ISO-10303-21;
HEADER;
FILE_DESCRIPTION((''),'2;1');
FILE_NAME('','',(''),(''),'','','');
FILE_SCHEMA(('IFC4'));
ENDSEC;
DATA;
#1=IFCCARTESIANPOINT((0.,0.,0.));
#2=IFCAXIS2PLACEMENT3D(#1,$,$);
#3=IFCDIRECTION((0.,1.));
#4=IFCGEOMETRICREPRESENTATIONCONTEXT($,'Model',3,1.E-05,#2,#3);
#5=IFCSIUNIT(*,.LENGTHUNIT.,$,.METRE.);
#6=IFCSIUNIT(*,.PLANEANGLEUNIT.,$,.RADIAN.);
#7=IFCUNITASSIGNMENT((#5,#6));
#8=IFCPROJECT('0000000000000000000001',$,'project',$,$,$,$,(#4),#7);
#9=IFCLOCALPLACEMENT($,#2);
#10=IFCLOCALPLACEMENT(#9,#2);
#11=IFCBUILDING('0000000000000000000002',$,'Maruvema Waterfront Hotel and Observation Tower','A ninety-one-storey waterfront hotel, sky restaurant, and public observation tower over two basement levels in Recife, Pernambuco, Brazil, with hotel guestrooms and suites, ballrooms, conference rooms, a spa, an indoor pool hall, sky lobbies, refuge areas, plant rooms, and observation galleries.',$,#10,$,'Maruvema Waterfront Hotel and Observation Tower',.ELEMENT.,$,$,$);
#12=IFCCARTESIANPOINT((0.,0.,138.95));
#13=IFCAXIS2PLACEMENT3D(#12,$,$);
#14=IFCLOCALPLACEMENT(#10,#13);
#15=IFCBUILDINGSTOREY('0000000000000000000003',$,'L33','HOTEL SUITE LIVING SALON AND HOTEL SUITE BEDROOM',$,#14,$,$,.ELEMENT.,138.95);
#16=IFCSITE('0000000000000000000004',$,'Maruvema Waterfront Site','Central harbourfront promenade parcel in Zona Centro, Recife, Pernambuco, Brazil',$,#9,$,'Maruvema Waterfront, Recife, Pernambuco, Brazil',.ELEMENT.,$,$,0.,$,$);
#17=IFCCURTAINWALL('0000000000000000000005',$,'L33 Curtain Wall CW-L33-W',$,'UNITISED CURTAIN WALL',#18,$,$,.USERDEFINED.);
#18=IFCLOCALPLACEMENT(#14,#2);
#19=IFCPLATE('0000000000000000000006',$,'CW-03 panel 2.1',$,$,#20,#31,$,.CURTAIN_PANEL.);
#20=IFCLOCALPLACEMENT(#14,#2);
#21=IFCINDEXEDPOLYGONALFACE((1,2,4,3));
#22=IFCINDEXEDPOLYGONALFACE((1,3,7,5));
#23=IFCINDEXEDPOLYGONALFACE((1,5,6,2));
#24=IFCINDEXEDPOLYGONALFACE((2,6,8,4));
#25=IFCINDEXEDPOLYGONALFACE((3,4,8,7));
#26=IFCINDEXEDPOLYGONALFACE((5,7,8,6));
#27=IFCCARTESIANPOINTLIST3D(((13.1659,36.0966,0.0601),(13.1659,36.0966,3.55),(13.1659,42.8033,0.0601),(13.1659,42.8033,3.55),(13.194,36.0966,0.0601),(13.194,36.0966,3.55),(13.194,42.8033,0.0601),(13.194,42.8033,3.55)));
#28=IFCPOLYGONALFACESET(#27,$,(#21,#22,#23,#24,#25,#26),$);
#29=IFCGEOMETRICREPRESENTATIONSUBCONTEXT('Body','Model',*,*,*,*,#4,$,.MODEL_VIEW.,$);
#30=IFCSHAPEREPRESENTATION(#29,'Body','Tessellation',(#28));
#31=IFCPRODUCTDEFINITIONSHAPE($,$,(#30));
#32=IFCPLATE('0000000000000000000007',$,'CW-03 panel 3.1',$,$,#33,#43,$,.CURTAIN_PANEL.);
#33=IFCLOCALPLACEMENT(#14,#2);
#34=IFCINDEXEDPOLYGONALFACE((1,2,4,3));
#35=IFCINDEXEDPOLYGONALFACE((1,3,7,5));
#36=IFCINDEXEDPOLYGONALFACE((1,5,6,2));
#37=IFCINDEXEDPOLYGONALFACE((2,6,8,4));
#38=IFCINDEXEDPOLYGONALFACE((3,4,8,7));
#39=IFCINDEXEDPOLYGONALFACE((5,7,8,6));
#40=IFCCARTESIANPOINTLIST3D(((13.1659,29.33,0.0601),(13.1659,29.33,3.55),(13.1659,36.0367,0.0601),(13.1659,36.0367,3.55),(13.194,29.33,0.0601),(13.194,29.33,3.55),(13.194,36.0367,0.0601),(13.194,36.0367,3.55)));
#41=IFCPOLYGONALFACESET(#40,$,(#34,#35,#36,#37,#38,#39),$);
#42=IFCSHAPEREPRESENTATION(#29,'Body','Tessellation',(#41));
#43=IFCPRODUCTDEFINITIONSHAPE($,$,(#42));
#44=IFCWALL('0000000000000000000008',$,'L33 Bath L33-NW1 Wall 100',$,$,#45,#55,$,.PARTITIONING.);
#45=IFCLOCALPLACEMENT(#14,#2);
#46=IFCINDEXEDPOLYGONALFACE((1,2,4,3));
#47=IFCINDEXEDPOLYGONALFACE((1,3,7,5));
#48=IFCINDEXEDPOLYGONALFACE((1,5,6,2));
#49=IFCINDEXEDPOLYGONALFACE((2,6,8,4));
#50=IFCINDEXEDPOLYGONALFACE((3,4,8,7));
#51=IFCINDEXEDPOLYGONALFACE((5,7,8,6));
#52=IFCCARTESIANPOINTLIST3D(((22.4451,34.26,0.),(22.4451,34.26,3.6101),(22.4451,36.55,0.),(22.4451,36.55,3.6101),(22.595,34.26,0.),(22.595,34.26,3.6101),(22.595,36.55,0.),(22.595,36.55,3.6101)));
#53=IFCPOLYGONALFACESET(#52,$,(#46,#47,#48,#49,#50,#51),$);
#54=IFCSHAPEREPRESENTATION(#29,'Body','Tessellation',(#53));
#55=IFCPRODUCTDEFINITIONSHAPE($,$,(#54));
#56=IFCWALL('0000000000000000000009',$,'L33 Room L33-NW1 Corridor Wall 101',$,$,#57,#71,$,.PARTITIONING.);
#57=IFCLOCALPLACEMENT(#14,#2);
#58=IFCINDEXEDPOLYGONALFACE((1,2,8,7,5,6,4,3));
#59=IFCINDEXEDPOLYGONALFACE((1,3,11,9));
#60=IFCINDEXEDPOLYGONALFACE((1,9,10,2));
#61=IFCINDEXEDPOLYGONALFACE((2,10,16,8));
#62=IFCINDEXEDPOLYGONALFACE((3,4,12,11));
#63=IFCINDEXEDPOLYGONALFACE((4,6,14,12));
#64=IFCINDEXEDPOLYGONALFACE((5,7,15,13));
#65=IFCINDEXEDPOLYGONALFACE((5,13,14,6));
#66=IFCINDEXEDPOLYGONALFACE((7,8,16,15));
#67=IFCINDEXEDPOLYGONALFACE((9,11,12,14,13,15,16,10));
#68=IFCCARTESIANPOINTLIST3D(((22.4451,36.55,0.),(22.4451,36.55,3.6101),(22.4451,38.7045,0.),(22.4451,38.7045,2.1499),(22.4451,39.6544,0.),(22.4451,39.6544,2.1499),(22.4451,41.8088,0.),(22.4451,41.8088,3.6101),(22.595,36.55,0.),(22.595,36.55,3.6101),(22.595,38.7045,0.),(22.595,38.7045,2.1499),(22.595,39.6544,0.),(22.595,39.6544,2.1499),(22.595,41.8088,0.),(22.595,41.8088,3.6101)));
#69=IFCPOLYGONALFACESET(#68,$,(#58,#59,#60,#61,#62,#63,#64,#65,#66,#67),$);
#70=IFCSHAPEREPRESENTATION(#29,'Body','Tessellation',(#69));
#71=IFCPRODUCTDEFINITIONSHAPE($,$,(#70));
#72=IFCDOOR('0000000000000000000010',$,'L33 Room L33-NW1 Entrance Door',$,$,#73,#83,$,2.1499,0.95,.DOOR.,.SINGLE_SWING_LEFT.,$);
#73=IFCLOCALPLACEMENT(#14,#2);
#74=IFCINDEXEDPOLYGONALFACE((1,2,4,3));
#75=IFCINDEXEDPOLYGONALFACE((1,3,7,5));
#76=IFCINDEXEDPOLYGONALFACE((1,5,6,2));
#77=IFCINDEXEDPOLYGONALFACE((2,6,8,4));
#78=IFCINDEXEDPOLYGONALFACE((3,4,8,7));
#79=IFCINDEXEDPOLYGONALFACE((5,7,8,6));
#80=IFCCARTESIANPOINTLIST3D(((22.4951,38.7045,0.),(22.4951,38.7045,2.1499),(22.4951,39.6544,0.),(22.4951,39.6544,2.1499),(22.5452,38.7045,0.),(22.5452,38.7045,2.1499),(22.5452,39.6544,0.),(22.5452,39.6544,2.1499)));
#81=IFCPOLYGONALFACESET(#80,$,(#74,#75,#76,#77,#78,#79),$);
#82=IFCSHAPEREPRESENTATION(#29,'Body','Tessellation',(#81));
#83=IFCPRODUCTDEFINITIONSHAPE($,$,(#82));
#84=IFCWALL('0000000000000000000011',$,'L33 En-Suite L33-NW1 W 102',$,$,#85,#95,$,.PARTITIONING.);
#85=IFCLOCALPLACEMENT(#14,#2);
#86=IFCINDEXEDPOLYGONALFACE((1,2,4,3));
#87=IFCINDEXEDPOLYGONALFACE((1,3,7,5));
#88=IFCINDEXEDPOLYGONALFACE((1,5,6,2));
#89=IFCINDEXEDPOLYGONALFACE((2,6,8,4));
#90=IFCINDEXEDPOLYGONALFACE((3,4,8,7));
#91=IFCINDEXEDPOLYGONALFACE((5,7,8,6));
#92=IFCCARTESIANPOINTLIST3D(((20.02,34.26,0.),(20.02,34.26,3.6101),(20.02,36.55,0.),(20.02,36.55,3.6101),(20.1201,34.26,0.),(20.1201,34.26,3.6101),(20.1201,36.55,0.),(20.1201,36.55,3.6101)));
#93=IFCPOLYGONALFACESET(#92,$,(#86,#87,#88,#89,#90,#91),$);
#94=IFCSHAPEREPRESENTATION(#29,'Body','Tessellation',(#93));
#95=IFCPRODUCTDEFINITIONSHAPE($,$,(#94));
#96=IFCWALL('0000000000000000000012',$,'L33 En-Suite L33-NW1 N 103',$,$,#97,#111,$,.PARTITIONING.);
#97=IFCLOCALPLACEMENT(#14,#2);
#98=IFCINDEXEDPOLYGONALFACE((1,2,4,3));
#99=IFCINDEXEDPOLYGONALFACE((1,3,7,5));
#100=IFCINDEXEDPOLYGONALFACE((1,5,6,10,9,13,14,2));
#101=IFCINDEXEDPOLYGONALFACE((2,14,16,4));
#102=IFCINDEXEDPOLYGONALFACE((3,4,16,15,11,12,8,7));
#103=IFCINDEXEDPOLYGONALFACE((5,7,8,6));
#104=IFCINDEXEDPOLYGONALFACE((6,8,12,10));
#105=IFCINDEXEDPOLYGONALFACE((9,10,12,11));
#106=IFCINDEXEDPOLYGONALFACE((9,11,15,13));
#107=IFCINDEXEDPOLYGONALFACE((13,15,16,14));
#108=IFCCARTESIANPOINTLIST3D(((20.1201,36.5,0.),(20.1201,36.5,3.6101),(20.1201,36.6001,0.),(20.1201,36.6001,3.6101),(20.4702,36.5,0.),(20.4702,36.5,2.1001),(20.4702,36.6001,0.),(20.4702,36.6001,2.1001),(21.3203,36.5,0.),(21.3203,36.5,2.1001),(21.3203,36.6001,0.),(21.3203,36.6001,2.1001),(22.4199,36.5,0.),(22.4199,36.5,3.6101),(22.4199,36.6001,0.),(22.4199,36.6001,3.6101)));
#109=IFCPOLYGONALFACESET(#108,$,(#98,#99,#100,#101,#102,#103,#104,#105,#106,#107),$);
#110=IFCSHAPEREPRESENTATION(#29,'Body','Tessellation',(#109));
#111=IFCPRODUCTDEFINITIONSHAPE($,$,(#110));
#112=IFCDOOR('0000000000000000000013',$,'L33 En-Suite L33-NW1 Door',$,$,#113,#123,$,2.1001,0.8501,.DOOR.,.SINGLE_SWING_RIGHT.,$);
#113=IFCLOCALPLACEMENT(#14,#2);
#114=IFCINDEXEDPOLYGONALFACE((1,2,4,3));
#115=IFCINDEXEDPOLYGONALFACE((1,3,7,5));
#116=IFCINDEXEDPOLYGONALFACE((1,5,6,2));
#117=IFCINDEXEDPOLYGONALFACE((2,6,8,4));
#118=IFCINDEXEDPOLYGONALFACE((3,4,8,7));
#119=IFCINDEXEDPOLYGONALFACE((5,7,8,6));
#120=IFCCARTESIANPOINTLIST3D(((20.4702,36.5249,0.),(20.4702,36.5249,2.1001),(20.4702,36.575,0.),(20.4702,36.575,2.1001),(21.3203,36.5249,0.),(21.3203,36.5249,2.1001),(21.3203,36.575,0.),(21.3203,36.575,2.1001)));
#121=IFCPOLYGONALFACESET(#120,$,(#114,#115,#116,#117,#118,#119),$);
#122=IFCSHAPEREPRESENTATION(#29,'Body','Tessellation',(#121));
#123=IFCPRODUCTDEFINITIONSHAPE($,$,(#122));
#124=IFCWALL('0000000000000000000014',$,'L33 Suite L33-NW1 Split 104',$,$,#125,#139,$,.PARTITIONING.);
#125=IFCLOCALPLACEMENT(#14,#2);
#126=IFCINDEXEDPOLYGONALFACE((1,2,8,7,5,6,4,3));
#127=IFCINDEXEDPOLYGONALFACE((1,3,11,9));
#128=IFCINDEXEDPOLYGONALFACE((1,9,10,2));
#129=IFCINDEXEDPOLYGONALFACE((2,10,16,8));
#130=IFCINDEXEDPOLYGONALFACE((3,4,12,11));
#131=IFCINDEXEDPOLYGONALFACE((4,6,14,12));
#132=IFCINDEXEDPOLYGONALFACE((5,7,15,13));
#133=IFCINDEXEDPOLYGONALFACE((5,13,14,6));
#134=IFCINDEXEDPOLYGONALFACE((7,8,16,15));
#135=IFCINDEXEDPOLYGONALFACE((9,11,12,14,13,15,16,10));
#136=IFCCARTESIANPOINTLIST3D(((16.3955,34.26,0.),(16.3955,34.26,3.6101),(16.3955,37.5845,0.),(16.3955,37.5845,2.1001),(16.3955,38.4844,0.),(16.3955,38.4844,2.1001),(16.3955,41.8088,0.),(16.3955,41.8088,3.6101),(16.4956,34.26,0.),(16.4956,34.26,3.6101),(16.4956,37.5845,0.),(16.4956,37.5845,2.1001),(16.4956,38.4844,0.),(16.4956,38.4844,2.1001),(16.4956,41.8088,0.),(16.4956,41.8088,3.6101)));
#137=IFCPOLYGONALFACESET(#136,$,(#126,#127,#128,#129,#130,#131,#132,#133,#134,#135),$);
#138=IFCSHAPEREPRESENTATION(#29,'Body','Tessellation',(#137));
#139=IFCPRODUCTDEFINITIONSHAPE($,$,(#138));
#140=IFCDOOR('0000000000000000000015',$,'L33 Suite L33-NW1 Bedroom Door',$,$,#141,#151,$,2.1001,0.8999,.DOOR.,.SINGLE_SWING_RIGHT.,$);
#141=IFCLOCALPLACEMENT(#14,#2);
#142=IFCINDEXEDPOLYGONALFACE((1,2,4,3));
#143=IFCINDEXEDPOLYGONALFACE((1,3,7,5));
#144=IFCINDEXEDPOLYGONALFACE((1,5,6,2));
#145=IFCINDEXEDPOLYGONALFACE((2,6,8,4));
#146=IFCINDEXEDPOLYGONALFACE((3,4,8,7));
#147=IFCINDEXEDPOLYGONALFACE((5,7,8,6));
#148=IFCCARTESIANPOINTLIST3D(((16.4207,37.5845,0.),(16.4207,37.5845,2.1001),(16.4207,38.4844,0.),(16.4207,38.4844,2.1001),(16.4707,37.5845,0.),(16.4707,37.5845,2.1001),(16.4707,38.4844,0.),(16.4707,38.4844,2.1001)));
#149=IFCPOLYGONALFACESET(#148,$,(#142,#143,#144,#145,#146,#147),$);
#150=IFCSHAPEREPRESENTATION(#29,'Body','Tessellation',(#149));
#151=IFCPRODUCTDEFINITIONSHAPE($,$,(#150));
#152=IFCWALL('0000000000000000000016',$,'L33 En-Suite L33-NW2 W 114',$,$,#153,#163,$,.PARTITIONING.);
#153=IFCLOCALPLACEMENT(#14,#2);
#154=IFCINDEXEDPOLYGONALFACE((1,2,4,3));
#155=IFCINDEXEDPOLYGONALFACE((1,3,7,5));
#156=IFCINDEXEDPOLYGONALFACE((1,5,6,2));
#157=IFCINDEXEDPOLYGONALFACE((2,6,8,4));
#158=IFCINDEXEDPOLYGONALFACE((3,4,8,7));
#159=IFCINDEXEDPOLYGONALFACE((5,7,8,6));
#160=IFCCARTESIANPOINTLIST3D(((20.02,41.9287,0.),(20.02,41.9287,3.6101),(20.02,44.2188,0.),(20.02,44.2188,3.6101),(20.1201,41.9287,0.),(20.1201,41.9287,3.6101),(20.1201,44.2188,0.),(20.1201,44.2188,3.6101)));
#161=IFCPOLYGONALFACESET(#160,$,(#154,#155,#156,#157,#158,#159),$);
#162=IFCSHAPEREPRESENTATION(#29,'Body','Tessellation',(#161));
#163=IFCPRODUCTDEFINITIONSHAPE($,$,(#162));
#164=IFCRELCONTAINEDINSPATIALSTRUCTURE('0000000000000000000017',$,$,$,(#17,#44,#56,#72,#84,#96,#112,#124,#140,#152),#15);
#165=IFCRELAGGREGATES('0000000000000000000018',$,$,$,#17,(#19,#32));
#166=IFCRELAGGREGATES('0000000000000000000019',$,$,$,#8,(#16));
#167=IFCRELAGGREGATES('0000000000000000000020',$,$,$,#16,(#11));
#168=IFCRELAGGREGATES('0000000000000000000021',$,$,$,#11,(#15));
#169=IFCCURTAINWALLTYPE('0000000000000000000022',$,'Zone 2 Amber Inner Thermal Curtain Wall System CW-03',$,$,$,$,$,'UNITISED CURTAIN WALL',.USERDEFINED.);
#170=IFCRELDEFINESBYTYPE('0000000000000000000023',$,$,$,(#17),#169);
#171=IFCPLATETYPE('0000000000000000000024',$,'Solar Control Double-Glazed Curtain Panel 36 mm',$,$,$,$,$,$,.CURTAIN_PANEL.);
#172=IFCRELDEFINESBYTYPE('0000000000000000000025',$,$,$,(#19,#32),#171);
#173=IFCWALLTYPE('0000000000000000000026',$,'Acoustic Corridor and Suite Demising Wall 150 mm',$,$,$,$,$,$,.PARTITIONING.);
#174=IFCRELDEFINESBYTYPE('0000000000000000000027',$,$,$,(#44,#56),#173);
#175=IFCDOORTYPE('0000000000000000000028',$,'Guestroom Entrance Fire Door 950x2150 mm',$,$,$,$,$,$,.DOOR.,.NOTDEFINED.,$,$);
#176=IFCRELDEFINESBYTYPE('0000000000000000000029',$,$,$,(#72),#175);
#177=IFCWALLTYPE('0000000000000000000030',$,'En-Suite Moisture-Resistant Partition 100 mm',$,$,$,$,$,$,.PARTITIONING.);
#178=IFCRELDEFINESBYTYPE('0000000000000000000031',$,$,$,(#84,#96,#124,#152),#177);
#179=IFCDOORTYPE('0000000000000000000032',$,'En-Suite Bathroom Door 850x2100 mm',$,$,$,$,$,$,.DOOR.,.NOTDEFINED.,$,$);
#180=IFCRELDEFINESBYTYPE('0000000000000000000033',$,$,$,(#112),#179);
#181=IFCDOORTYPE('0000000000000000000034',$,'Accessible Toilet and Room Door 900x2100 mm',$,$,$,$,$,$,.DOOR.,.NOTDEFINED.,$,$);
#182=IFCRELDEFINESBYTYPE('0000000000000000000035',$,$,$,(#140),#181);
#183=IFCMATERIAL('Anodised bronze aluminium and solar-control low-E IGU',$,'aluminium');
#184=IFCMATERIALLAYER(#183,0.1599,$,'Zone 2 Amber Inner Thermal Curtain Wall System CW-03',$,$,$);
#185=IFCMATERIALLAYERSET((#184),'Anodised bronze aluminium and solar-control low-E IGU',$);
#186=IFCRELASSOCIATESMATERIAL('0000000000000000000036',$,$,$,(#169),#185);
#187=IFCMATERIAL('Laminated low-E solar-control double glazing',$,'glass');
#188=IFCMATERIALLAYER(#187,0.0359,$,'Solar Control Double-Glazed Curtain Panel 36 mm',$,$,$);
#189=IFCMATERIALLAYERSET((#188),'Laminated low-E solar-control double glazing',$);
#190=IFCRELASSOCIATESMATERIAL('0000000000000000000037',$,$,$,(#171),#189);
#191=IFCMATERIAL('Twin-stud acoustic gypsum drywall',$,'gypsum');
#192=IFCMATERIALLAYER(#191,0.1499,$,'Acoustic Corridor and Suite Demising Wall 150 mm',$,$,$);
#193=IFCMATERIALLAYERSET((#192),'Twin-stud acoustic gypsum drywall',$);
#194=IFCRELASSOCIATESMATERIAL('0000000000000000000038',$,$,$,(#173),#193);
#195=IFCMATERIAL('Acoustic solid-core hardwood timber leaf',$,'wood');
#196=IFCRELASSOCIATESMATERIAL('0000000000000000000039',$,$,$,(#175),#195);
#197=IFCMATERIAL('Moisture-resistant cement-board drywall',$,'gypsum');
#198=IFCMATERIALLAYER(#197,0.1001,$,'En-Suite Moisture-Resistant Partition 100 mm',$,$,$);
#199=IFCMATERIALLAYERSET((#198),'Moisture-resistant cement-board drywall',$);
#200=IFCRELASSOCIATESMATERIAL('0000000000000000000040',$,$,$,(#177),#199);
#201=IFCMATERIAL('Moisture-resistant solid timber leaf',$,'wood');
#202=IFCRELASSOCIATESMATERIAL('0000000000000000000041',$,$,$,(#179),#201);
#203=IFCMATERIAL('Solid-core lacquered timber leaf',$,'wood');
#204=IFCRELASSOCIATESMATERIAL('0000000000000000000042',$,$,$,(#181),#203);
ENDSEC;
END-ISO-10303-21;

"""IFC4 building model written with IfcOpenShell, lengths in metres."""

from ifc_helpers import new_model, si_unit, direction, frame, frame_2d, origin, origin_2d, place, context, subcontext, project, spatial, rectangle, extrude, material, layer, layer_set, type_object, element, fill, aggregate, save


model = new_model("IFC4")

# Units and contexts
model_context = context("Model", 3, precision=1e-05, world=origin(), true_north=direction((0.0, 1.0)))
body_context = subcontext(model_context, "Body", "Model", "MODEL_VIEW")
ifc_project = project(units=[si_unit("LENGTHUNIT", "METRE"), si_unit("PLANEANGLEUNIT", "RADIAN")], contexts=[model_context])

# Site, building, storey
site_placement = place(None, origin())
site = spatial("IfcSite", under=ifc_project, at=site_placement, Name="Maruvema Waterfront Site", Description="Central harbourfront promenade parcel in Zona Centro, Recife, Pernambuco, Brazil", LongName="Maruvema Waterfront, Recife, Pernambuco, Brazil", CompositionType="ELEMENT", RefElevation=0.0)
building_placement = place(site_placement, origin())
building = spatial("IfcBuilding", under=site, at=building_placement, Name="Maruvema Waterfront Hotel and Observation Tower", Description="A ninety-one-storey waterfront hotel, sky restaurant, and public observation tower over two basement levels in Recife, Pernambuco, Brazil, with hotel guestrooms and suites, ballrooms, conference rooms, a spa, an indoor pool hall, sky lobbies, refuge areas, plant rooms, and observation galleries.", LongName="Maruvema Waterfront Hotel and Observation Tower", CompositionType="ELEMENT")
storey_placement = place(building_placement, frame((0.0, 0.0, 138.95)))
storey = spatial("IfcBuildingStorey", under=building, at=storey_placement, Name="L33", Description="HOTEL SUITE LIVING SALON AND HOTEL SUITE BEDROOM", CompositionType="ELEMENT", Elevation=138.95)

# Curtain wall
ifc_material_1 = material(Name="Anodised bronze aluminium and solar-control low-E IGU", Category="aluminium")
ifc_layer_1 = layer(ifc_material_1, 0.1599, Name="Zone 2 Amber Inner Thermal Curtain Wall System CW-03")
ifc_layer_set_1 = layer_set([ifc_layer_1], Name="Anodised bronze aluminium and solar-control low-E IGU")
curtain_wall_type = type_object("IfcCurtainWallType", Name="Zone 2 Amber Inner Thermal Curtain Wall System CW-03", ElementType="UNITISED CURTAIN WALL", PredefinedType="USERDEFINED", material=ifc_layer_set_1)
curtain_wall_placement = place(storey_placement, origin())
curtain_wall = element("IfcCurtainWall", 1, at=curtain_wall_placement, inside=storey, type_object=curtain_wall_type, Name="L33 Curtain Wall CW-L33-W", ObjectType="UNITISED CURTAIN WALL", PredefinedType="USERDEFINED")

# Plates
ifc_material_2 = material(Name="Laminated low-E solar-control double glazing", Category="glass")
ifc_layer_2 = layer(ifc_material_2, 0.0359, Name="Solar Control Double-Glazed Curtain Panel 36 mm")
ifc_layer_set_2 = layer_set([ifc_layer_2], Name="Laminated low-E solar-control double glazing")
plate_type = type_object("IfcPlateType", Name="Solar Control Double-Glazed Curtain Panel 36 mm", PredefinedType="CURTAIN_PANEL", material=ifc_layer_set_2)
plate_1_placement = place(storey_placement, frame((13.1799, 39.45, 0.0601), z_axis=(0.0, 0.0, 1.0), x_axis=(0.0, -1.0, 0.0)))
plate_1 = element("IfcPlate", 2, at=plate_1_placement, type_object=plate_type, Name="CW-03 panel 2.1", PredefinedType="CURTAIN_PANEL", context=body_context, shape_type="SweptSolid", body=[
    extrude(rectangle(XDim=6.7068, YDim=0.0281, at=origin_2d()), origin(), (0.0, 0.0, 1.0), 3.49),
])
plate_2_placement = place(storey_placement, frame((13.1799, 32.6833, 0.0601), z_axis=(0.0, 0.0, 1.0), x_axis=(0.0, -1.0, 0.0)))
plate_2 = element("IfcPlate", 3, at=plate_2_placement, type_object=plate_type, Name="CW-03 panel 3.1", PredefinedType="CURTAIN_PANEL", context=body_context, shape_type="SweptSolid", body=[
    extrude(rectangle(XDim=6.7068, YDim=0.0281, at=origin_2d()), origin(), (0.0, 0.0, 1.0), 3.49),
])
aggregate(curtain_wall, [plate_1, plate_2])

# Wall
ifc_material_3 = material(Name="Twin-stud acoustic gypsum drywall", Category="gypsum")
ifc_layer_3 = layer(ifc_material_3, 0.1499, Name="Acoustic Corridor and Suite Demising Wall 150 mm")
ifc_layer_set_3 = layer_set([ifc_layer_3], Name="Twin-stud acoustic gypsum drywall")
wall_type_1 = type_object("IfcWallType", Name="Acoustic Corridor and Suite Demising Wall 150 mm", PredefinedType="PARTITIONING", material=ifc_layer_set_3)
wall_1_placement = place(storey_placement, frame((22.52, 34.26, 0.0), z_axis=(0.0, 0.0, 1.0), x_axis=(0.0, 1.0, 0.0)))
element("IfcWall", 4, at=wall_1_placement, inside=storey, type_object=wall_type_1, Name="L33 Bath L33-NW1 Wall 100", PredefinedType="PARTITIONING", context=body_context, shape_type="SweptSolid", body=[
    extrude(rectangle(XDim=2.29, YDim=0.1499, at=frame_2d((1.145, 0.0))), origin(), (0.0, 0.0, 1.0), 3.6101),
])

# Wall, opening, door
wall_2_placement = place(storey_placement, frame((22.52, 36.55, 0.0), z_axis=(0.0, 0.0, 1.0), x_axis=(0.0, 1.0, 0.0)))
wall_2 = element("IfcWall", 5, at=wall_2_placement, inside=storey, type_object=wall_type_1, Name="L33 Room L33-NW1 Corridor Wall 101", PredefinedType="PARTITIONING", context=body_context, shape_type="SweptSolid", body=[
    extrude(rectangle(XDim=5.2588, YDim=0.1499, at=frame_2d((2.6294, 0.0))), origin(), (0.0, 0.0, 1.0), 3.6101),
])
opening_1_placement = place(wall_2_placement, frame((2.1543, 0.0, 0.0)))
opening_1 = element("IfcOpeningElement", 6, at=opening_1_placement, cuts=wall_2, PredefinedType="OPENING", context=body_context, shape_type="SweptSolid", body=[
    extrude(rectangle(XDim=0.95, YDim=2.1499, at=frame_2d((0.4751, 1.075))), frame((0.0, 0.085, 0.0), z_axis=(0.0, -1.0, 0.0), x_axis=(1.0, 0.0, 0.0)), (0.0, 0.0, 1.0), 0.1699),
])
ifc_material_4 = material(Name="Acoustic solid-core hardwood timber leaf", Category="wood")
door_type_1 = type_object("IfcDoorType", Name="Guestroom Entrance Fire Door 950x2150 mm", OperationType="NOTDEFINED", PredefinedType="DOOR", material=ifc_material_4)
door_1_placement = place(opening_1_placement, origin())
door_1 = element("IfcDoor", 7, at=door_1_placement, inside=storey, type_object=door_type_1, Name="L33 Room L33-NW1 Entrance Door", OperationType="SINGLE_SWING_LEFT", OverallHeight=2.1499, OverallWidth=0.95, PredefinedType="DOOR", context=body_context, shape_type="SweptSolid", body=[
    extrude(rectangle(XDim=0.95, YDim=2.1499, at=frame_2d((0.4751, 1.075))), frame((0.0, 0.0249, 0.0), z_axis=(0.0, -1.0, 0.0), x_axis=(1.0, 0.0, 0.0)), (0.0, 0.0, 1.0), 0.05),
])
fill(opening_1, door_1)

# Wall
ifc_material_5 = material(Name="Moisture-resistant cement-board drywall", Category="gypsum")
ifc_layer_4 = layer(ifc_material_5, 0.1001, Name="En-Suite Moisture-Resistant Partition 100 mm")
ifc_layer_set_4 = layer_set([ifc_layer_4], Name="Moisture-resistant cement-board drywall")
wall_type_2 = type_object("IfcWallType", Name="En-Suite Moisture-Resistant Partition 100 mm", PredefinedType="PARTITIONING", material=ifc_layer_set_4)
wall_3_placement = place(storey_placement, frame((20.0701, 34.26, 0.0), z_axis=(0.0, 0.0, 1.0), x_axis=(0.0, 1.0, 0.0)))
element("IfcWall", 8, at=wall_3_placement, inside=storey, type_object=wall_type_2, Name="L33 En-Suite L33-NW1 W 102", PredefinedType="PARTITIONING", context=body_context, shape_type="SweptSolid", body=[
    extrude(rectangle(XDim=2.29, YDim=0.1001, at=frame_2d((1.145, 0.0))), origin(), (0.0, 0.0, 1.0), 3.6101),
])

# Walls, openings, doors
wall_4_placement = place(storey_placement, frame((20.1201, 36.55, 0.0), z_axis=(0.0, 0.0, 1.0), x_axis=(1.0, 0.0, 0.0)))
wall_4 = element("IfcWall", 9, at=wall_4_placement, inside=storey, type_object=wall_type_2, Name="L33 En-Suite L33-NW1 N 103", PredefinedType="PARTITIONING", context=body_context, shape_type="SweptSolid", body=[
    extrude(rectangle(XDim=2.2998, YDim=0.1001, at=frame_2d((1.1499, 0.0))), origin(), (0.0, 0.0, 1.0), 3.6101),
])
opening_2_placement = place(wall_4_placement, frame((0.3501, 0.0, 0.0)))
opening_2 = element("IfcOpeningElement", 10, at=opening_2_placement, cuts=wall_4, PredefinedType="OPENING", context=body_context, shape_type="SweptSolid", body=[
    extrude(rectangle(XDim=0.8501, YDim=2.1001, at=frame_2d((0.425, 1.05))), frame((0.0, 0.0601, 0.0), z_axis=(0.0, -1.0, 0.0), x_axis=(1.0, 0.0, 0.0)), (0.0, 0.0, 1.0), 0.1201),
])
ifc_material_6 = material(Name="Moisture-resistant solid timber leaf", Category="wood")
door_type_2 = type_object("IfcDoorType", Name="En-Suite Bathroom Door 850x2100 mm", OperationType="NOTDEFINED", PredefinedType="DOOR", material=ifc_material_6)
door_2_placement = place(opening_2_placement, origin())
door_2 = element("IfcDoor", 11, at=door_2_placement, inside=storey, type_object=door_type_2, Name="L33 En-Suite L33-NW1 Door", OperationType="SINGLE_SWING_RIGHT", OverallHeight=2.1001, OverallWidth=0.8501, PredefinedType="DOOR", context=body_context, shape_type="SweptSolid", body=[
    extrude(rectangle(XDim=0.8501, YDim=2.1001, at=frame_2d((0.425, 1.05))), frame((0.0, 0.0249, 0.0), z_axis=(0.0, -1.0, 0.0), x_axis=(1.0, 0.0, 0.0)), (0.0, 0.0, 1.0), 0.05),
])
fill(opening_2, door_2)
wall_5_placement = place(storey_placement, frame((16.4456, 34.26, 0.0), z_axis=(0.0, 0.0, 1.0), x_axis=(0.0, 1.0, 0.0)))
wall_5 = element("IfcWall", 12, at=wall_5_placement, inside=storey, type_object=wall_type_2, Name="L33 Suite L33-NW1 Split 104", PredefinedType="PARTITIONING", context=body_context, shape_type="SweptSolid", body=[
    extrude(rectangle(XDim=7.5488, YDim=0.1001, at=frame_2d((3.7744, 0.0))), origin(), (0.0, 0.0, 1.0), 3.6101),
])
opening_3_placement = place(wall_5_placement, frame((3.3245, 0.0, 0.0)))
opening_3 = element("IfcOpeningElement", 13, at=opening_3_placement, cuts=wall_5, PredefinedType="OPENING", context=body_context, shape_type="SweptSolid", body=[
    extrude(rectangle(XDim=0.8999, YDim=2.1001, at=frame_2d((0.45, 1.05))), frame((0.0, 0.0601, 0.0), z_axis=(0.0, -1.0, 0.0), x_axis=(1.0, 0.0, 0.0)), (0.0, 0.0, 1.0), 0.1201),
])
ifc_material_7 = material(Name="Solid-core lacquered timber leaf", Category="wood")
door_type_3 = type_object("IfcDoorType", Name="Accessible Toilet and Room Door 900x2100 mm", OperationType="NOTDEFINED", PredefinedType="DOOR", material=ifc_material_7)
door_3_placement = place(opening_3_placement, origin())
door_3 = element("IfcDoor", 14, at=door_3_placement, inside=storey, type_object=door_type_3, Name="L33 Suite L33-NW1 Bedroom Door", OperationType="SINGLE_SWING_RIGHT", OverallHeight=2.1001, OverallWidth=0.8999, PredefinedType="DOOR", context=body_context, shape_type="SweptSolid", body=[
    extrude(rectangle(XDim=0.8999, YDim=2.1001, at=frame_2d((0.45, 1.05))), frame((0.0, 0.0249, 0.0), z_axis=(0.0, -1.0, 0.0), x_axis=(1.0, 0.0, 0.0)), (0.0, 0.0, 1.0), 0.05),
])
fill(opening_3, door_3)

# Wall
wall_6_placement = place(storey_placement, frame((20.0701, 41.9287, 0.0), z_axis=(0.0, 0.0, 1.0), x_axis=(0.0, 1.0, 0.0)))
element("IfcWall", 15, at=wall_6_placement, inside=storey, type_object=wall_type_2, Name="L33 En-Suite L33-NW2 W 114", PredefinedType="PARTITIONING", context=body_context, shape_type="SweptSolid", body=[
    extrude(rectangle(XDim=2.29, YDim=0.1001, at=frame_2d((1.145, 0.0))), origin(), (0.0, 0.0, 1.0), 3.6101),
])

save(model, "model.ifc")
